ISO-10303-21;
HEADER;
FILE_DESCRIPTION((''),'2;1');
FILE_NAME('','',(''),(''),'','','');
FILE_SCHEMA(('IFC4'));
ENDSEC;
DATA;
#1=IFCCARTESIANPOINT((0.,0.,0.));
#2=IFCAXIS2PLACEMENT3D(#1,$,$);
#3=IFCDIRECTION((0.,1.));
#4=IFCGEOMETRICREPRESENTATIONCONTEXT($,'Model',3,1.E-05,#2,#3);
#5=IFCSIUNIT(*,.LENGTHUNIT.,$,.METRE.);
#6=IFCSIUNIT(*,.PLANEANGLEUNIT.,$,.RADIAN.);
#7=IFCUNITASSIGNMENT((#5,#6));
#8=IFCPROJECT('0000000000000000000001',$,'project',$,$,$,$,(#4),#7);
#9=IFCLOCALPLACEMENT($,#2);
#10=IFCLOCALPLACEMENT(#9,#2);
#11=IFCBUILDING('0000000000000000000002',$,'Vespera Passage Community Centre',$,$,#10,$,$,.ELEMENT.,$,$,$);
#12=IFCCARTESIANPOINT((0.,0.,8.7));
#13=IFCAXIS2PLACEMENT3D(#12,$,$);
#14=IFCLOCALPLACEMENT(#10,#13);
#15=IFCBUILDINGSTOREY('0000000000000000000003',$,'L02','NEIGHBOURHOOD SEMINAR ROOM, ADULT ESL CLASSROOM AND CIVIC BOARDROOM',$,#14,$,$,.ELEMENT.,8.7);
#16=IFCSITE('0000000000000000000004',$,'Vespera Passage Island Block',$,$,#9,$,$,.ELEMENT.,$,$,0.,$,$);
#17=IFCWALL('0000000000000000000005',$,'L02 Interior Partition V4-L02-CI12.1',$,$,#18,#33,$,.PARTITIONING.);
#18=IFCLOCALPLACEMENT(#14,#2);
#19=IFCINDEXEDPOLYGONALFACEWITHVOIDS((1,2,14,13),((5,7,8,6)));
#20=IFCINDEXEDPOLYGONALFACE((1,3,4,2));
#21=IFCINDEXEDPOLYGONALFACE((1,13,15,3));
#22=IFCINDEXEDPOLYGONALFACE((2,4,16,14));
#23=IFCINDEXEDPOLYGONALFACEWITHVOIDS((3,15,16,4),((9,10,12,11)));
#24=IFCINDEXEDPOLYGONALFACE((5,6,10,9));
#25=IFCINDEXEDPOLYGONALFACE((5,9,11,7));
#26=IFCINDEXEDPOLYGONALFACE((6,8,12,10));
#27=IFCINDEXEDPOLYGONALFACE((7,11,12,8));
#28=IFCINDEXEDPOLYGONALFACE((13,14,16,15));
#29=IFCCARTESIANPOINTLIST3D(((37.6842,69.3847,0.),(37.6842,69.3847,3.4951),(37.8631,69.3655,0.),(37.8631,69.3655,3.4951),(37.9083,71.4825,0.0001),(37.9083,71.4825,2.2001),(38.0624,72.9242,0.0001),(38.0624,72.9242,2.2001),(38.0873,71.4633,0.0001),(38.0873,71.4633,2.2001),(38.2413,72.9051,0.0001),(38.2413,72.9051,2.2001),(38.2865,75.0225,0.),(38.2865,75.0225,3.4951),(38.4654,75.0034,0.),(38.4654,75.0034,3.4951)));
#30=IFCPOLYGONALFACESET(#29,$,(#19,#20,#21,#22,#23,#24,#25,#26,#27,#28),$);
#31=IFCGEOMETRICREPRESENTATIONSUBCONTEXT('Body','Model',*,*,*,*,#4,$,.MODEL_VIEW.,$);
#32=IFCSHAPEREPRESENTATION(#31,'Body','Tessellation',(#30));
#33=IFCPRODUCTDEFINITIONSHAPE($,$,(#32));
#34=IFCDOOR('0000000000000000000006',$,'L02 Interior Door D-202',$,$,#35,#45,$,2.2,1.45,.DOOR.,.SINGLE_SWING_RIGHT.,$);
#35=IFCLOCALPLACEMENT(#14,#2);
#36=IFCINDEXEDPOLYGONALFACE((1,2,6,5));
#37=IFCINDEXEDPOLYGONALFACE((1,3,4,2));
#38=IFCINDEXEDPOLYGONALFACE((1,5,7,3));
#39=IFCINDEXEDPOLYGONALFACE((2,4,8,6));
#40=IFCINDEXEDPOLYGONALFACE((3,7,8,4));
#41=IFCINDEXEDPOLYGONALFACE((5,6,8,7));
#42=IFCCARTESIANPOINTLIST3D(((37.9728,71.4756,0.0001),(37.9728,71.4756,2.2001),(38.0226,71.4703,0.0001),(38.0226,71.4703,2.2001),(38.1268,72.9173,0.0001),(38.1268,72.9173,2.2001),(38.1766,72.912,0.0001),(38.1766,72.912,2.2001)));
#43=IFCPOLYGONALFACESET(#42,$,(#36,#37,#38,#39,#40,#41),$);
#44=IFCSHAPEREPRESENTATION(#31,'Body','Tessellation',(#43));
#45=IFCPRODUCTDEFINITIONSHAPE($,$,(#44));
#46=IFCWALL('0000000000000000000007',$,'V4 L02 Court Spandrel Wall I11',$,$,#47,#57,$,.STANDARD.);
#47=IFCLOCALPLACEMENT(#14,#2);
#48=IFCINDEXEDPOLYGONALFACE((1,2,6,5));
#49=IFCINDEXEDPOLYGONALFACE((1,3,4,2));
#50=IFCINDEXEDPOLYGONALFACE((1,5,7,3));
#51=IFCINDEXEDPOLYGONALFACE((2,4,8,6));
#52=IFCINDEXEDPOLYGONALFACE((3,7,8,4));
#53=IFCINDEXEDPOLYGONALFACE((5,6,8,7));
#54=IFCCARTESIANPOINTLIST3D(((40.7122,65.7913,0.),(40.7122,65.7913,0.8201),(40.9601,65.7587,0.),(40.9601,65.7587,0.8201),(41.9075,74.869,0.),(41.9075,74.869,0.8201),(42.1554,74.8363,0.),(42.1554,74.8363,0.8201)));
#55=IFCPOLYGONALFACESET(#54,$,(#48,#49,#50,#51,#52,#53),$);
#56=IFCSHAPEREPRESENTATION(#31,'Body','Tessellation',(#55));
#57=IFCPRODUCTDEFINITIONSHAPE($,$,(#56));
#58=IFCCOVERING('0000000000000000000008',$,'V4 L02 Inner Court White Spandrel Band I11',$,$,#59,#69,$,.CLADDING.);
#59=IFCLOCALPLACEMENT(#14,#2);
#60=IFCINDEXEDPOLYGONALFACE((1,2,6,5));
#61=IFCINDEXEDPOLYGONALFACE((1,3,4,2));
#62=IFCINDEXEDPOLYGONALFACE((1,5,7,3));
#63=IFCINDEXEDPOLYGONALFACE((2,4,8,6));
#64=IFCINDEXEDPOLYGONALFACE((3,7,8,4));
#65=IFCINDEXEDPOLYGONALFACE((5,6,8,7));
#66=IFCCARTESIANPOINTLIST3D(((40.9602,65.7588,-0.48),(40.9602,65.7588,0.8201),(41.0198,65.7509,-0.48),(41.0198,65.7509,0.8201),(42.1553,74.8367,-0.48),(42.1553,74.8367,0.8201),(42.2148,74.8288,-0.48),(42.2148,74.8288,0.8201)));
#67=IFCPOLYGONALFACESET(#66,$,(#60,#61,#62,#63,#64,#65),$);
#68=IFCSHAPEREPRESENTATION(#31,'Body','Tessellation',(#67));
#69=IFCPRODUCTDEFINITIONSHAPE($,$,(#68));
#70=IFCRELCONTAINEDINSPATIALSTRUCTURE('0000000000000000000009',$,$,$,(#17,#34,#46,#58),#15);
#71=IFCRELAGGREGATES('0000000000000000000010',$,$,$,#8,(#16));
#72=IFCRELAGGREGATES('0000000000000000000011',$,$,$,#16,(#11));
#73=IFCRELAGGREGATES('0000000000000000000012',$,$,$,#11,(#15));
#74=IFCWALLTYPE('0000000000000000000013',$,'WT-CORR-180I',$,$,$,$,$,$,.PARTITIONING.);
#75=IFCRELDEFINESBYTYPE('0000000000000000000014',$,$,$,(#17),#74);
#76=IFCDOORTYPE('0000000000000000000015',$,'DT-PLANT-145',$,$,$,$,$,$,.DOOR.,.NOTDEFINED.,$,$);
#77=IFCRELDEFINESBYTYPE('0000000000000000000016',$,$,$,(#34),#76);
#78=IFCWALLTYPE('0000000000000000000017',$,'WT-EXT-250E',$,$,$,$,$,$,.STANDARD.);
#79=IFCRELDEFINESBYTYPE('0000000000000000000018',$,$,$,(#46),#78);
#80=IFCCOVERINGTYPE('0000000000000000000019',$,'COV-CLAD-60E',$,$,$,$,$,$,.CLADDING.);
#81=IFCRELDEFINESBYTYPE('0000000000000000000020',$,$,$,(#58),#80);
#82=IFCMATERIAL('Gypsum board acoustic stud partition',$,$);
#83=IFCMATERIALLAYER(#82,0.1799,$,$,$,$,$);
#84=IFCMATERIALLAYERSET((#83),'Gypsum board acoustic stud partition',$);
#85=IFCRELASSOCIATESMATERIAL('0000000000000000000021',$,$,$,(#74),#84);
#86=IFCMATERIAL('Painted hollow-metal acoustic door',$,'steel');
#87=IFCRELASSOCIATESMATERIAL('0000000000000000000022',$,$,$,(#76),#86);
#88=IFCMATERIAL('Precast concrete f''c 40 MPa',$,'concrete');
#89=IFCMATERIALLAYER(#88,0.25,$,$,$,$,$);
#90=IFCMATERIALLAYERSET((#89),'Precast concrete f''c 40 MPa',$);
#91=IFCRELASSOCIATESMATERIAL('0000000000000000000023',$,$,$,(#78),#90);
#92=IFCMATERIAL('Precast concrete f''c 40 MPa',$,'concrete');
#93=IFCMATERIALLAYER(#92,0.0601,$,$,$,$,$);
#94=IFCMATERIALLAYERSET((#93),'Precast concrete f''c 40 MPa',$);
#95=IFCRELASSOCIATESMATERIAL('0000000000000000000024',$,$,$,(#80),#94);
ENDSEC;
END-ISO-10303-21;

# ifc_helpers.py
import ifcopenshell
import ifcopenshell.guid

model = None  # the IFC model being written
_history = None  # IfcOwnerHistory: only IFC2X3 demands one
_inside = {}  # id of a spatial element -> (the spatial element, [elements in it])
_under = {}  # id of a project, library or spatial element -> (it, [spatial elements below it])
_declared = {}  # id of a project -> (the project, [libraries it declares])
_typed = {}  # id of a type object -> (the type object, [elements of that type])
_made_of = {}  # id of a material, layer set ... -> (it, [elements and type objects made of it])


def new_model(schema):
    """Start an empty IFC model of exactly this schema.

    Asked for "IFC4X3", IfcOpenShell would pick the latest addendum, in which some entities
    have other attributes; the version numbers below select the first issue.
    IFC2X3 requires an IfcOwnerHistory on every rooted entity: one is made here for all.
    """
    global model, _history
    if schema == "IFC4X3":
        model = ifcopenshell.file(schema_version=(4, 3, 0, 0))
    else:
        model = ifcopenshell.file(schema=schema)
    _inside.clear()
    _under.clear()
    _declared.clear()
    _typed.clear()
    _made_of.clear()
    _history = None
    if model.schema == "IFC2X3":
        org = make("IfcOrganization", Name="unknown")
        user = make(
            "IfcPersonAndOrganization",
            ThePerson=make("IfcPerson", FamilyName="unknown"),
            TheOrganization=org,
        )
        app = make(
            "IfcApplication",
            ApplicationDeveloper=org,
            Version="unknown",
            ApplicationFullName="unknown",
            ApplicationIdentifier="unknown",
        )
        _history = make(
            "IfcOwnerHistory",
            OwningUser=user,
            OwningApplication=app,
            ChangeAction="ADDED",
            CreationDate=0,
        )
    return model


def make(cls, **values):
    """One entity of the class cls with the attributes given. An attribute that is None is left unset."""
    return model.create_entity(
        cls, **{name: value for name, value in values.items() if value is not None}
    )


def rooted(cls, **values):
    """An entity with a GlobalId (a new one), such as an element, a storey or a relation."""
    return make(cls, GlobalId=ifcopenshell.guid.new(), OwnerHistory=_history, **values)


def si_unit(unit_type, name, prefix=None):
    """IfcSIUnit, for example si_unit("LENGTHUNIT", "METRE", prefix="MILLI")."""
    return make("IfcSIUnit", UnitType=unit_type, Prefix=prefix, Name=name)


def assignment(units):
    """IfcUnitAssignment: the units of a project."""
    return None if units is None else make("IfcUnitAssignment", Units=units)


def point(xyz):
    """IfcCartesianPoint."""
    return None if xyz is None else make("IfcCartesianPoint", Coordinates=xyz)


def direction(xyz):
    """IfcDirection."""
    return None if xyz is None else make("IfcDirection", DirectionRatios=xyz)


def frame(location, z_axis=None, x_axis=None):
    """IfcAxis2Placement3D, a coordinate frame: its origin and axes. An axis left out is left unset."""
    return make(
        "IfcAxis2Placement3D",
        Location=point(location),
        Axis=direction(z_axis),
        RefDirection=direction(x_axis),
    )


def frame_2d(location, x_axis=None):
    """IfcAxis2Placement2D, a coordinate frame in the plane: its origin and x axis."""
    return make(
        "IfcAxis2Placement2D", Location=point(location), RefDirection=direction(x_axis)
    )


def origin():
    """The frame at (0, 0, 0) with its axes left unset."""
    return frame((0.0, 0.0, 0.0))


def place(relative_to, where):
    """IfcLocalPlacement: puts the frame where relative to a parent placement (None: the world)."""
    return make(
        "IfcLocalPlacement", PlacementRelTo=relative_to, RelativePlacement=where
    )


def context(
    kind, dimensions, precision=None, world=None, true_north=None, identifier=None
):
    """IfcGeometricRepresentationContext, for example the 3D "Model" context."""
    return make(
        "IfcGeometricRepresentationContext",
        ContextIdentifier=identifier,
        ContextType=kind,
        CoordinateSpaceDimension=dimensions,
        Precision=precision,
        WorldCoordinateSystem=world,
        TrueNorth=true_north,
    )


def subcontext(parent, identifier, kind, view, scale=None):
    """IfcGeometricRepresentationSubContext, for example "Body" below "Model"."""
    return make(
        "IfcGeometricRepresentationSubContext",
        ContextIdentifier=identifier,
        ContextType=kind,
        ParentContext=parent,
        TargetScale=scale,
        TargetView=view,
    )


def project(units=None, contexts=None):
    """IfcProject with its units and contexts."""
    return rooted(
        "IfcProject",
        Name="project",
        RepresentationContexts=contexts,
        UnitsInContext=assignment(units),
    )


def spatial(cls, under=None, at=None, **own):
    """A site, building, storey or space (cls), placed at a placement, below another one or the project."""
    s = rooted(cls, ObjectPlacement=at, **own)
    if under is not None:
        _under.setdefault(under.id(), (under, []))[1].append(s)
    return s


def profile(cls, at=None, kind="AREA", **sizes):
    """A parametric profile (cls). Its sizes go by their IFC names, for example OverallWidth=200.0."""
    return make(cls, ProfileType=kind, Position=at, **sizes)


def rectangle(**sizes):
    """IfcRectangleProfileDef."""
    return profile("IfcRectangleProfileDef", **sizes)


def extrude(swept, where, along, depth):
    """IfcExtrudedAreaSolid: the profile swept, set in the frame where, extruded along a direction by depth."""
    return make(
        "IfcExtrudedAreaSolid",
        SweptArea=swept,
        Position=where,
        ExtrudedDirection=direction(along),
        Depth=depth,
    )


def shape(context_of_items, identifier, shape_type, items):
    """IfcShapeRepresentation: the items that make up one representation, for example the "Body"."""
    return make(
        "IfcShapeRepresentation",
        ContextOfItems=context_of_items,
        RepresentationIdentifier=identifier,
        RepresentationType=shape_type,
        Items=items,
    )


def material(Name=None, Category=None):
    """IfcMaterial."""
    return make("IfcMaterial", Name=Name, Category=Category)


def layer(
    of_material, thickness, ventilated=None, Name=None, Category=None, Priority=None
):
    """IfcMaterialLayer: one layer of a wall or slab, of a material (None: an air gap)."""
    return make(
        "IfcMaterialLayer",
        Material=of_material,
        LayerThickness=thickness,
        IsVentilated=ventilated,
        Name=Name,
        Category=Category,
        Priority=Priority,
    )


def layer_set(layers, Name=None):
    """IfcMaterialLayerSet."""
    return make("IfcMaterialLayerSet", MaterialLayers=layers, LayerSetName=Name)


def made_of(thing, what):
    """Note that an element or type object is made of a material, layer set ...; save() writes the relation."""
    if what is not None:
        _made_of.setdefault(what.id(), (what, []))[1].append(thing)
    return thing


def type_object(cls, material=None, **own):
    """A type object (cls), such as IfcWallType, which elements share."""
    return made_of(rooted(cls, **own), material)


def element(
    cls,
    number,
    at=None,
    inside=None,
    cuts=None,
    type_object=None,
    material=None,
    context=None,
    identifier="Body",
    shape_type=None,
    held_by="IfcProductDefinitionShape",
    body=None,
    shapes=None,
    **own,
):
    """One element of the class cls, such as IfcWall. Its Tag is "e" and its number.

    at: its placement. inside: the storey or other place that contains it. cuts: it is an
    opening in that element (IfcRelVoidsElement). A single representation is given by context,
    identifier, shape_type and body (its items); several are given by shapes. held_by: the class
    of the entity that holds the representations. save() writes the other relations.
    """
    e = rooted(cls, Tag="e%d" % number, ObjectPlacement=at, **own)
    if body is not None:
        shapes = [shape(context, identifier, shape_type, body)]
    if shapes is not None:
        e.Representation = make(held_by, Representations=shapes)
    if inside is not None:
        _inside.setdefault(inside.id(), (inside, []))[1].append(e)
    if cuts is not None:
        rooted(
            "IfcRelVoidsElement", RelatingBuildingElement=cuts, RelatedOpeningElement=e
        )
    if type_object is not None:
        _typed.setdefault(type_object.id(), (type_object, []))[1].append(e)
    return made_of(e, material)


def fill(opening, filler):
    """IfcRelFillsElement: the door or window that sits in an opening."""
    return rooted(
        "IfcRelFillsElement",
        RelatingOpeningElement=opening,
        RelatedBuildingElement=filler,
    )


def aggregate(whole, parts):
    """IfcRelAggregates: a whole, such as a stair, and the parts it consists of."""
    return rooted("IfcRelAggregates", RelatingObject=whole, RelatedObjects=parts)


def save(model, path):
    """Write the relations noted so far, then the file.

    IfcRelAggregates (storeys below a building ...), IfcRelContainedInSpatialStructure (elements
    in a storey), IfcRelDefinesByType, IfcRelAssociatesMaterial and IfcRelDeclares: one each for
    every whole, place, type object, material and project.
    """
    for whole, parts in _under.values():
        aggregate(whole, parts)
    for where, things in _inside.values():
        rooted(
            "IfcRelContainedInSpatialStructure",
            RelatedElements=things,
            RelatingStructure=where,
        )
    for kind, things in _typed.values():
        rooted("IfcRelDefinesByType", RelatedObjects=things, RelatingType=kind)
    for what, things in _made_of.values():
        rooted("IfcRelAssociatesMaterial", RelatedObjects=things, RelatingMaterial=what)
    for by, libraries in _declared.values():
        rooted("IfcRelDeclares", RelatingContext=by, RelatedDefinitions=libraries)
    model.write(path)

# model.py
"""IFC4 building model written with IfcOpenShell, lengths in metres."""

from ifc_helpers import new_model, si_unit, direction, frame, frame_2d, origin, place, context, subcontext, project, spatial, rectangle, extrude, material, layer, layer_set, type_object, element, fill, save


model = new_model("IFC4")

# Units and contexts
model_context = context("Model", 3, precision=1e-05, world=origin(), true_north=direction((0.0, 1.0)))
body_context = subcontext(model_context, "Body", "Model", "MODEL_VIEW")
ifc_project = project(units=[si_unit("LENGTHUNIT", "METRE"), si_unit("PLANEANGLEUNIT", "RADIAN")], contexts=[model_context])

# Site, building, storey
site_placement = place(None, origin())
site = spatial("IfcSite", under=ifc_project, at=site_placement, Name="Vespera Passage Island Block", CompositionType="ELEMENT", RefElevation=0.0)
building_placement = place(site_placement, origin())
building = spatial("IfcBuilding", under=site, at=building_placement, Name="Vespera Passage Community Centre", CompositionType="ELEMENT")
storey_placement = place(building_placement, frame((0.0, 0.0, 8.7)))
storey = spatial("IfcBuildingStorey", under=building, at=storey_placement, Name="L02", Description="NEIGHBOURHOOD SEMINAR ROOM, ADULT ESL CLASSROOM AND CIVIC BOARDROOM", CompositionType="ELEMENT", Elevation=8.7)

# Wall, opening, door
ifc_material_1 = material(Name="Gypsum board acoustic stud partition")
ifc_layer_1 = layer(ifc_material_1, 0.1799)
ifc_layer_set_1 = layer_set([ifc_layer_1], Name="Gypsum board acoustic stud partition")
wall_type_1 = type_object("IfcWallType", Name="WT-CORR-180I", PredefinedType="PARTITIONING", material=ifc_layer_set_1)
wall_1_placement = place(storey_placement, frame((38.376, 75.0129, 0.0), z_axis=(0.0, 0.0, 1.0), x_axis=(-0.106224, -0.994342, 0.0)))
wall_1 = element("IfcWall", 1, at=wall_1_placement, inside=storey, type_object=wall_type_1, Name="L02 Interior Partition V4-L02-CI12.1", PredefinedType="PARTITIONING", context=body_context, shape_type="SweptSolid", body=[
    extrude(rectangle(XDim=5.6699, YDim=0.1799, at=frame_2d((2.835, 0.0))), origin(), (0.0, 0.0, 1.0), 3.4951),
])
opening_placement = place(wall_1_placement, frame((2.1101, 0.0, 0.0)))
opening = element("IfcOpeningElement", 2, at=opening_placement, cuts=wall_1, PredefinedType="OPENING", context=body_context, shape_type="SweptSolid", body=[
    extrude(rectangle(XDim=1.45, YDim=2.2, at=frame_2d((0.7251, 1.1001))), frame((0.0, 0.0999, 0.0), z_axis=(0.0, -1.0, 0.0), x_axis=(1.0, 0.0, 0.0)), (0.0, 0.0, 1.0), 0.2),
])
ifc_material_2 = material(Name="Painted hollow-metal acoustic door", Category="steel")
door_type = type_object("IfcDoorType", Name="DT-PLANT-145", OperationType="NOTDEFINED", PredefinedType="DOOR", material=ifc_material_2)
door_placement = place(opening_placement, origin())
door = element("IfcDoor", 3, at=door_placement, inside=storey, type_object=door_type, Name="L02 Interior Door D-202", OperationType="SINGLE_SWING_RIGHT", OverallHeight=2.2, OverallWidth=1.45, PredefinedType="DOOR", context=body_context, shape_type="SweptSolid", body=[
    extrude(rectangle(XDim=1.45, YDim=2.2, at=frame_2d((0.7251, 1.1001))), frame((0.0, 0.0249, 0.0), z_axis=(0.0, -1.0, 0.0), x_axis=(1.0, 0.0, 0.0)), (0.0, 0.0, 1.0), 0.05),
])
fill(opening, door)

# Wall
ifc_material_3 = material(Name="Precast concrete f'c 40 MPa", Category="concrete")
ifc_layer_2 = layer(ifc_material_3, 0.25)
ifc_layer_set_2 = layer_set([ifc_layer_2], Name="Precast concrete f'c 40 MPa")
wall_type_2 = type_object("IfcWallType", Name="WT-EXT-250E", PredefinedType="STANDARD", material=ifc_layer_set_2)
wall_2_placement = place(storey_placement, frame((42.0315, 74.8528, 0.0), z_axis=(0.0, 0.0, 1.0), x_axis=(-0.13055, -0.991442, 0.0)))
element("IfcWall", 4, at=wall_2_placement, inside=storey, type_object=wall_type_2, Name="V4 L02 Court Spandrel Wall I11", PredefinedType="STANDARD", context=body_context, shape_type="SweptSolid", body=[
    extrude(rectangle(XDim=9.156, YDim=0.25, at=frame_2d((4.5781, 0.0))), origin(), (0.0, 0.0, 1.0), 0.8201),
])

# Covering
ifc_material_4 = material(Name="Precast concrete f'c 40 MPa", Category="concrete")
ifc_layer_3 = layer(ifc_material_4, 0.0601)
ifc_layer_set_3 = layer_set([ifc_layer_3], Name="Precast concrete f'c 40 MPa")
covering_type = type_object("IfcCoveringType", Name="COV-CLAD-60E", PredefinedType="CLADDING", material=ifc_layer_set_3)
covering_placement = place(storey_placement, frame((42.1851, 74.8328, -0.48), z_axis=(0.0, 0.0, 1.0), x_axis=(-0.13052, -0.991446, 0.0)))
element("IfcCovering", 5, at=covering_placement, inside=storey, type_object=covering_type, Name="V4 L02 Inner Court White Spandrel Band I11", PredefinedType="CLADDING", context=body_context, shape_type="SweptSolid", body=[
    extrude(rectangle(XDim=9.1562, YDim=0.0601, at=frame_2d((4.5781, 0.0))), origin(), (0.0, 0.0, 1.0), 1.3),
])

save(model, "model.ifc")
